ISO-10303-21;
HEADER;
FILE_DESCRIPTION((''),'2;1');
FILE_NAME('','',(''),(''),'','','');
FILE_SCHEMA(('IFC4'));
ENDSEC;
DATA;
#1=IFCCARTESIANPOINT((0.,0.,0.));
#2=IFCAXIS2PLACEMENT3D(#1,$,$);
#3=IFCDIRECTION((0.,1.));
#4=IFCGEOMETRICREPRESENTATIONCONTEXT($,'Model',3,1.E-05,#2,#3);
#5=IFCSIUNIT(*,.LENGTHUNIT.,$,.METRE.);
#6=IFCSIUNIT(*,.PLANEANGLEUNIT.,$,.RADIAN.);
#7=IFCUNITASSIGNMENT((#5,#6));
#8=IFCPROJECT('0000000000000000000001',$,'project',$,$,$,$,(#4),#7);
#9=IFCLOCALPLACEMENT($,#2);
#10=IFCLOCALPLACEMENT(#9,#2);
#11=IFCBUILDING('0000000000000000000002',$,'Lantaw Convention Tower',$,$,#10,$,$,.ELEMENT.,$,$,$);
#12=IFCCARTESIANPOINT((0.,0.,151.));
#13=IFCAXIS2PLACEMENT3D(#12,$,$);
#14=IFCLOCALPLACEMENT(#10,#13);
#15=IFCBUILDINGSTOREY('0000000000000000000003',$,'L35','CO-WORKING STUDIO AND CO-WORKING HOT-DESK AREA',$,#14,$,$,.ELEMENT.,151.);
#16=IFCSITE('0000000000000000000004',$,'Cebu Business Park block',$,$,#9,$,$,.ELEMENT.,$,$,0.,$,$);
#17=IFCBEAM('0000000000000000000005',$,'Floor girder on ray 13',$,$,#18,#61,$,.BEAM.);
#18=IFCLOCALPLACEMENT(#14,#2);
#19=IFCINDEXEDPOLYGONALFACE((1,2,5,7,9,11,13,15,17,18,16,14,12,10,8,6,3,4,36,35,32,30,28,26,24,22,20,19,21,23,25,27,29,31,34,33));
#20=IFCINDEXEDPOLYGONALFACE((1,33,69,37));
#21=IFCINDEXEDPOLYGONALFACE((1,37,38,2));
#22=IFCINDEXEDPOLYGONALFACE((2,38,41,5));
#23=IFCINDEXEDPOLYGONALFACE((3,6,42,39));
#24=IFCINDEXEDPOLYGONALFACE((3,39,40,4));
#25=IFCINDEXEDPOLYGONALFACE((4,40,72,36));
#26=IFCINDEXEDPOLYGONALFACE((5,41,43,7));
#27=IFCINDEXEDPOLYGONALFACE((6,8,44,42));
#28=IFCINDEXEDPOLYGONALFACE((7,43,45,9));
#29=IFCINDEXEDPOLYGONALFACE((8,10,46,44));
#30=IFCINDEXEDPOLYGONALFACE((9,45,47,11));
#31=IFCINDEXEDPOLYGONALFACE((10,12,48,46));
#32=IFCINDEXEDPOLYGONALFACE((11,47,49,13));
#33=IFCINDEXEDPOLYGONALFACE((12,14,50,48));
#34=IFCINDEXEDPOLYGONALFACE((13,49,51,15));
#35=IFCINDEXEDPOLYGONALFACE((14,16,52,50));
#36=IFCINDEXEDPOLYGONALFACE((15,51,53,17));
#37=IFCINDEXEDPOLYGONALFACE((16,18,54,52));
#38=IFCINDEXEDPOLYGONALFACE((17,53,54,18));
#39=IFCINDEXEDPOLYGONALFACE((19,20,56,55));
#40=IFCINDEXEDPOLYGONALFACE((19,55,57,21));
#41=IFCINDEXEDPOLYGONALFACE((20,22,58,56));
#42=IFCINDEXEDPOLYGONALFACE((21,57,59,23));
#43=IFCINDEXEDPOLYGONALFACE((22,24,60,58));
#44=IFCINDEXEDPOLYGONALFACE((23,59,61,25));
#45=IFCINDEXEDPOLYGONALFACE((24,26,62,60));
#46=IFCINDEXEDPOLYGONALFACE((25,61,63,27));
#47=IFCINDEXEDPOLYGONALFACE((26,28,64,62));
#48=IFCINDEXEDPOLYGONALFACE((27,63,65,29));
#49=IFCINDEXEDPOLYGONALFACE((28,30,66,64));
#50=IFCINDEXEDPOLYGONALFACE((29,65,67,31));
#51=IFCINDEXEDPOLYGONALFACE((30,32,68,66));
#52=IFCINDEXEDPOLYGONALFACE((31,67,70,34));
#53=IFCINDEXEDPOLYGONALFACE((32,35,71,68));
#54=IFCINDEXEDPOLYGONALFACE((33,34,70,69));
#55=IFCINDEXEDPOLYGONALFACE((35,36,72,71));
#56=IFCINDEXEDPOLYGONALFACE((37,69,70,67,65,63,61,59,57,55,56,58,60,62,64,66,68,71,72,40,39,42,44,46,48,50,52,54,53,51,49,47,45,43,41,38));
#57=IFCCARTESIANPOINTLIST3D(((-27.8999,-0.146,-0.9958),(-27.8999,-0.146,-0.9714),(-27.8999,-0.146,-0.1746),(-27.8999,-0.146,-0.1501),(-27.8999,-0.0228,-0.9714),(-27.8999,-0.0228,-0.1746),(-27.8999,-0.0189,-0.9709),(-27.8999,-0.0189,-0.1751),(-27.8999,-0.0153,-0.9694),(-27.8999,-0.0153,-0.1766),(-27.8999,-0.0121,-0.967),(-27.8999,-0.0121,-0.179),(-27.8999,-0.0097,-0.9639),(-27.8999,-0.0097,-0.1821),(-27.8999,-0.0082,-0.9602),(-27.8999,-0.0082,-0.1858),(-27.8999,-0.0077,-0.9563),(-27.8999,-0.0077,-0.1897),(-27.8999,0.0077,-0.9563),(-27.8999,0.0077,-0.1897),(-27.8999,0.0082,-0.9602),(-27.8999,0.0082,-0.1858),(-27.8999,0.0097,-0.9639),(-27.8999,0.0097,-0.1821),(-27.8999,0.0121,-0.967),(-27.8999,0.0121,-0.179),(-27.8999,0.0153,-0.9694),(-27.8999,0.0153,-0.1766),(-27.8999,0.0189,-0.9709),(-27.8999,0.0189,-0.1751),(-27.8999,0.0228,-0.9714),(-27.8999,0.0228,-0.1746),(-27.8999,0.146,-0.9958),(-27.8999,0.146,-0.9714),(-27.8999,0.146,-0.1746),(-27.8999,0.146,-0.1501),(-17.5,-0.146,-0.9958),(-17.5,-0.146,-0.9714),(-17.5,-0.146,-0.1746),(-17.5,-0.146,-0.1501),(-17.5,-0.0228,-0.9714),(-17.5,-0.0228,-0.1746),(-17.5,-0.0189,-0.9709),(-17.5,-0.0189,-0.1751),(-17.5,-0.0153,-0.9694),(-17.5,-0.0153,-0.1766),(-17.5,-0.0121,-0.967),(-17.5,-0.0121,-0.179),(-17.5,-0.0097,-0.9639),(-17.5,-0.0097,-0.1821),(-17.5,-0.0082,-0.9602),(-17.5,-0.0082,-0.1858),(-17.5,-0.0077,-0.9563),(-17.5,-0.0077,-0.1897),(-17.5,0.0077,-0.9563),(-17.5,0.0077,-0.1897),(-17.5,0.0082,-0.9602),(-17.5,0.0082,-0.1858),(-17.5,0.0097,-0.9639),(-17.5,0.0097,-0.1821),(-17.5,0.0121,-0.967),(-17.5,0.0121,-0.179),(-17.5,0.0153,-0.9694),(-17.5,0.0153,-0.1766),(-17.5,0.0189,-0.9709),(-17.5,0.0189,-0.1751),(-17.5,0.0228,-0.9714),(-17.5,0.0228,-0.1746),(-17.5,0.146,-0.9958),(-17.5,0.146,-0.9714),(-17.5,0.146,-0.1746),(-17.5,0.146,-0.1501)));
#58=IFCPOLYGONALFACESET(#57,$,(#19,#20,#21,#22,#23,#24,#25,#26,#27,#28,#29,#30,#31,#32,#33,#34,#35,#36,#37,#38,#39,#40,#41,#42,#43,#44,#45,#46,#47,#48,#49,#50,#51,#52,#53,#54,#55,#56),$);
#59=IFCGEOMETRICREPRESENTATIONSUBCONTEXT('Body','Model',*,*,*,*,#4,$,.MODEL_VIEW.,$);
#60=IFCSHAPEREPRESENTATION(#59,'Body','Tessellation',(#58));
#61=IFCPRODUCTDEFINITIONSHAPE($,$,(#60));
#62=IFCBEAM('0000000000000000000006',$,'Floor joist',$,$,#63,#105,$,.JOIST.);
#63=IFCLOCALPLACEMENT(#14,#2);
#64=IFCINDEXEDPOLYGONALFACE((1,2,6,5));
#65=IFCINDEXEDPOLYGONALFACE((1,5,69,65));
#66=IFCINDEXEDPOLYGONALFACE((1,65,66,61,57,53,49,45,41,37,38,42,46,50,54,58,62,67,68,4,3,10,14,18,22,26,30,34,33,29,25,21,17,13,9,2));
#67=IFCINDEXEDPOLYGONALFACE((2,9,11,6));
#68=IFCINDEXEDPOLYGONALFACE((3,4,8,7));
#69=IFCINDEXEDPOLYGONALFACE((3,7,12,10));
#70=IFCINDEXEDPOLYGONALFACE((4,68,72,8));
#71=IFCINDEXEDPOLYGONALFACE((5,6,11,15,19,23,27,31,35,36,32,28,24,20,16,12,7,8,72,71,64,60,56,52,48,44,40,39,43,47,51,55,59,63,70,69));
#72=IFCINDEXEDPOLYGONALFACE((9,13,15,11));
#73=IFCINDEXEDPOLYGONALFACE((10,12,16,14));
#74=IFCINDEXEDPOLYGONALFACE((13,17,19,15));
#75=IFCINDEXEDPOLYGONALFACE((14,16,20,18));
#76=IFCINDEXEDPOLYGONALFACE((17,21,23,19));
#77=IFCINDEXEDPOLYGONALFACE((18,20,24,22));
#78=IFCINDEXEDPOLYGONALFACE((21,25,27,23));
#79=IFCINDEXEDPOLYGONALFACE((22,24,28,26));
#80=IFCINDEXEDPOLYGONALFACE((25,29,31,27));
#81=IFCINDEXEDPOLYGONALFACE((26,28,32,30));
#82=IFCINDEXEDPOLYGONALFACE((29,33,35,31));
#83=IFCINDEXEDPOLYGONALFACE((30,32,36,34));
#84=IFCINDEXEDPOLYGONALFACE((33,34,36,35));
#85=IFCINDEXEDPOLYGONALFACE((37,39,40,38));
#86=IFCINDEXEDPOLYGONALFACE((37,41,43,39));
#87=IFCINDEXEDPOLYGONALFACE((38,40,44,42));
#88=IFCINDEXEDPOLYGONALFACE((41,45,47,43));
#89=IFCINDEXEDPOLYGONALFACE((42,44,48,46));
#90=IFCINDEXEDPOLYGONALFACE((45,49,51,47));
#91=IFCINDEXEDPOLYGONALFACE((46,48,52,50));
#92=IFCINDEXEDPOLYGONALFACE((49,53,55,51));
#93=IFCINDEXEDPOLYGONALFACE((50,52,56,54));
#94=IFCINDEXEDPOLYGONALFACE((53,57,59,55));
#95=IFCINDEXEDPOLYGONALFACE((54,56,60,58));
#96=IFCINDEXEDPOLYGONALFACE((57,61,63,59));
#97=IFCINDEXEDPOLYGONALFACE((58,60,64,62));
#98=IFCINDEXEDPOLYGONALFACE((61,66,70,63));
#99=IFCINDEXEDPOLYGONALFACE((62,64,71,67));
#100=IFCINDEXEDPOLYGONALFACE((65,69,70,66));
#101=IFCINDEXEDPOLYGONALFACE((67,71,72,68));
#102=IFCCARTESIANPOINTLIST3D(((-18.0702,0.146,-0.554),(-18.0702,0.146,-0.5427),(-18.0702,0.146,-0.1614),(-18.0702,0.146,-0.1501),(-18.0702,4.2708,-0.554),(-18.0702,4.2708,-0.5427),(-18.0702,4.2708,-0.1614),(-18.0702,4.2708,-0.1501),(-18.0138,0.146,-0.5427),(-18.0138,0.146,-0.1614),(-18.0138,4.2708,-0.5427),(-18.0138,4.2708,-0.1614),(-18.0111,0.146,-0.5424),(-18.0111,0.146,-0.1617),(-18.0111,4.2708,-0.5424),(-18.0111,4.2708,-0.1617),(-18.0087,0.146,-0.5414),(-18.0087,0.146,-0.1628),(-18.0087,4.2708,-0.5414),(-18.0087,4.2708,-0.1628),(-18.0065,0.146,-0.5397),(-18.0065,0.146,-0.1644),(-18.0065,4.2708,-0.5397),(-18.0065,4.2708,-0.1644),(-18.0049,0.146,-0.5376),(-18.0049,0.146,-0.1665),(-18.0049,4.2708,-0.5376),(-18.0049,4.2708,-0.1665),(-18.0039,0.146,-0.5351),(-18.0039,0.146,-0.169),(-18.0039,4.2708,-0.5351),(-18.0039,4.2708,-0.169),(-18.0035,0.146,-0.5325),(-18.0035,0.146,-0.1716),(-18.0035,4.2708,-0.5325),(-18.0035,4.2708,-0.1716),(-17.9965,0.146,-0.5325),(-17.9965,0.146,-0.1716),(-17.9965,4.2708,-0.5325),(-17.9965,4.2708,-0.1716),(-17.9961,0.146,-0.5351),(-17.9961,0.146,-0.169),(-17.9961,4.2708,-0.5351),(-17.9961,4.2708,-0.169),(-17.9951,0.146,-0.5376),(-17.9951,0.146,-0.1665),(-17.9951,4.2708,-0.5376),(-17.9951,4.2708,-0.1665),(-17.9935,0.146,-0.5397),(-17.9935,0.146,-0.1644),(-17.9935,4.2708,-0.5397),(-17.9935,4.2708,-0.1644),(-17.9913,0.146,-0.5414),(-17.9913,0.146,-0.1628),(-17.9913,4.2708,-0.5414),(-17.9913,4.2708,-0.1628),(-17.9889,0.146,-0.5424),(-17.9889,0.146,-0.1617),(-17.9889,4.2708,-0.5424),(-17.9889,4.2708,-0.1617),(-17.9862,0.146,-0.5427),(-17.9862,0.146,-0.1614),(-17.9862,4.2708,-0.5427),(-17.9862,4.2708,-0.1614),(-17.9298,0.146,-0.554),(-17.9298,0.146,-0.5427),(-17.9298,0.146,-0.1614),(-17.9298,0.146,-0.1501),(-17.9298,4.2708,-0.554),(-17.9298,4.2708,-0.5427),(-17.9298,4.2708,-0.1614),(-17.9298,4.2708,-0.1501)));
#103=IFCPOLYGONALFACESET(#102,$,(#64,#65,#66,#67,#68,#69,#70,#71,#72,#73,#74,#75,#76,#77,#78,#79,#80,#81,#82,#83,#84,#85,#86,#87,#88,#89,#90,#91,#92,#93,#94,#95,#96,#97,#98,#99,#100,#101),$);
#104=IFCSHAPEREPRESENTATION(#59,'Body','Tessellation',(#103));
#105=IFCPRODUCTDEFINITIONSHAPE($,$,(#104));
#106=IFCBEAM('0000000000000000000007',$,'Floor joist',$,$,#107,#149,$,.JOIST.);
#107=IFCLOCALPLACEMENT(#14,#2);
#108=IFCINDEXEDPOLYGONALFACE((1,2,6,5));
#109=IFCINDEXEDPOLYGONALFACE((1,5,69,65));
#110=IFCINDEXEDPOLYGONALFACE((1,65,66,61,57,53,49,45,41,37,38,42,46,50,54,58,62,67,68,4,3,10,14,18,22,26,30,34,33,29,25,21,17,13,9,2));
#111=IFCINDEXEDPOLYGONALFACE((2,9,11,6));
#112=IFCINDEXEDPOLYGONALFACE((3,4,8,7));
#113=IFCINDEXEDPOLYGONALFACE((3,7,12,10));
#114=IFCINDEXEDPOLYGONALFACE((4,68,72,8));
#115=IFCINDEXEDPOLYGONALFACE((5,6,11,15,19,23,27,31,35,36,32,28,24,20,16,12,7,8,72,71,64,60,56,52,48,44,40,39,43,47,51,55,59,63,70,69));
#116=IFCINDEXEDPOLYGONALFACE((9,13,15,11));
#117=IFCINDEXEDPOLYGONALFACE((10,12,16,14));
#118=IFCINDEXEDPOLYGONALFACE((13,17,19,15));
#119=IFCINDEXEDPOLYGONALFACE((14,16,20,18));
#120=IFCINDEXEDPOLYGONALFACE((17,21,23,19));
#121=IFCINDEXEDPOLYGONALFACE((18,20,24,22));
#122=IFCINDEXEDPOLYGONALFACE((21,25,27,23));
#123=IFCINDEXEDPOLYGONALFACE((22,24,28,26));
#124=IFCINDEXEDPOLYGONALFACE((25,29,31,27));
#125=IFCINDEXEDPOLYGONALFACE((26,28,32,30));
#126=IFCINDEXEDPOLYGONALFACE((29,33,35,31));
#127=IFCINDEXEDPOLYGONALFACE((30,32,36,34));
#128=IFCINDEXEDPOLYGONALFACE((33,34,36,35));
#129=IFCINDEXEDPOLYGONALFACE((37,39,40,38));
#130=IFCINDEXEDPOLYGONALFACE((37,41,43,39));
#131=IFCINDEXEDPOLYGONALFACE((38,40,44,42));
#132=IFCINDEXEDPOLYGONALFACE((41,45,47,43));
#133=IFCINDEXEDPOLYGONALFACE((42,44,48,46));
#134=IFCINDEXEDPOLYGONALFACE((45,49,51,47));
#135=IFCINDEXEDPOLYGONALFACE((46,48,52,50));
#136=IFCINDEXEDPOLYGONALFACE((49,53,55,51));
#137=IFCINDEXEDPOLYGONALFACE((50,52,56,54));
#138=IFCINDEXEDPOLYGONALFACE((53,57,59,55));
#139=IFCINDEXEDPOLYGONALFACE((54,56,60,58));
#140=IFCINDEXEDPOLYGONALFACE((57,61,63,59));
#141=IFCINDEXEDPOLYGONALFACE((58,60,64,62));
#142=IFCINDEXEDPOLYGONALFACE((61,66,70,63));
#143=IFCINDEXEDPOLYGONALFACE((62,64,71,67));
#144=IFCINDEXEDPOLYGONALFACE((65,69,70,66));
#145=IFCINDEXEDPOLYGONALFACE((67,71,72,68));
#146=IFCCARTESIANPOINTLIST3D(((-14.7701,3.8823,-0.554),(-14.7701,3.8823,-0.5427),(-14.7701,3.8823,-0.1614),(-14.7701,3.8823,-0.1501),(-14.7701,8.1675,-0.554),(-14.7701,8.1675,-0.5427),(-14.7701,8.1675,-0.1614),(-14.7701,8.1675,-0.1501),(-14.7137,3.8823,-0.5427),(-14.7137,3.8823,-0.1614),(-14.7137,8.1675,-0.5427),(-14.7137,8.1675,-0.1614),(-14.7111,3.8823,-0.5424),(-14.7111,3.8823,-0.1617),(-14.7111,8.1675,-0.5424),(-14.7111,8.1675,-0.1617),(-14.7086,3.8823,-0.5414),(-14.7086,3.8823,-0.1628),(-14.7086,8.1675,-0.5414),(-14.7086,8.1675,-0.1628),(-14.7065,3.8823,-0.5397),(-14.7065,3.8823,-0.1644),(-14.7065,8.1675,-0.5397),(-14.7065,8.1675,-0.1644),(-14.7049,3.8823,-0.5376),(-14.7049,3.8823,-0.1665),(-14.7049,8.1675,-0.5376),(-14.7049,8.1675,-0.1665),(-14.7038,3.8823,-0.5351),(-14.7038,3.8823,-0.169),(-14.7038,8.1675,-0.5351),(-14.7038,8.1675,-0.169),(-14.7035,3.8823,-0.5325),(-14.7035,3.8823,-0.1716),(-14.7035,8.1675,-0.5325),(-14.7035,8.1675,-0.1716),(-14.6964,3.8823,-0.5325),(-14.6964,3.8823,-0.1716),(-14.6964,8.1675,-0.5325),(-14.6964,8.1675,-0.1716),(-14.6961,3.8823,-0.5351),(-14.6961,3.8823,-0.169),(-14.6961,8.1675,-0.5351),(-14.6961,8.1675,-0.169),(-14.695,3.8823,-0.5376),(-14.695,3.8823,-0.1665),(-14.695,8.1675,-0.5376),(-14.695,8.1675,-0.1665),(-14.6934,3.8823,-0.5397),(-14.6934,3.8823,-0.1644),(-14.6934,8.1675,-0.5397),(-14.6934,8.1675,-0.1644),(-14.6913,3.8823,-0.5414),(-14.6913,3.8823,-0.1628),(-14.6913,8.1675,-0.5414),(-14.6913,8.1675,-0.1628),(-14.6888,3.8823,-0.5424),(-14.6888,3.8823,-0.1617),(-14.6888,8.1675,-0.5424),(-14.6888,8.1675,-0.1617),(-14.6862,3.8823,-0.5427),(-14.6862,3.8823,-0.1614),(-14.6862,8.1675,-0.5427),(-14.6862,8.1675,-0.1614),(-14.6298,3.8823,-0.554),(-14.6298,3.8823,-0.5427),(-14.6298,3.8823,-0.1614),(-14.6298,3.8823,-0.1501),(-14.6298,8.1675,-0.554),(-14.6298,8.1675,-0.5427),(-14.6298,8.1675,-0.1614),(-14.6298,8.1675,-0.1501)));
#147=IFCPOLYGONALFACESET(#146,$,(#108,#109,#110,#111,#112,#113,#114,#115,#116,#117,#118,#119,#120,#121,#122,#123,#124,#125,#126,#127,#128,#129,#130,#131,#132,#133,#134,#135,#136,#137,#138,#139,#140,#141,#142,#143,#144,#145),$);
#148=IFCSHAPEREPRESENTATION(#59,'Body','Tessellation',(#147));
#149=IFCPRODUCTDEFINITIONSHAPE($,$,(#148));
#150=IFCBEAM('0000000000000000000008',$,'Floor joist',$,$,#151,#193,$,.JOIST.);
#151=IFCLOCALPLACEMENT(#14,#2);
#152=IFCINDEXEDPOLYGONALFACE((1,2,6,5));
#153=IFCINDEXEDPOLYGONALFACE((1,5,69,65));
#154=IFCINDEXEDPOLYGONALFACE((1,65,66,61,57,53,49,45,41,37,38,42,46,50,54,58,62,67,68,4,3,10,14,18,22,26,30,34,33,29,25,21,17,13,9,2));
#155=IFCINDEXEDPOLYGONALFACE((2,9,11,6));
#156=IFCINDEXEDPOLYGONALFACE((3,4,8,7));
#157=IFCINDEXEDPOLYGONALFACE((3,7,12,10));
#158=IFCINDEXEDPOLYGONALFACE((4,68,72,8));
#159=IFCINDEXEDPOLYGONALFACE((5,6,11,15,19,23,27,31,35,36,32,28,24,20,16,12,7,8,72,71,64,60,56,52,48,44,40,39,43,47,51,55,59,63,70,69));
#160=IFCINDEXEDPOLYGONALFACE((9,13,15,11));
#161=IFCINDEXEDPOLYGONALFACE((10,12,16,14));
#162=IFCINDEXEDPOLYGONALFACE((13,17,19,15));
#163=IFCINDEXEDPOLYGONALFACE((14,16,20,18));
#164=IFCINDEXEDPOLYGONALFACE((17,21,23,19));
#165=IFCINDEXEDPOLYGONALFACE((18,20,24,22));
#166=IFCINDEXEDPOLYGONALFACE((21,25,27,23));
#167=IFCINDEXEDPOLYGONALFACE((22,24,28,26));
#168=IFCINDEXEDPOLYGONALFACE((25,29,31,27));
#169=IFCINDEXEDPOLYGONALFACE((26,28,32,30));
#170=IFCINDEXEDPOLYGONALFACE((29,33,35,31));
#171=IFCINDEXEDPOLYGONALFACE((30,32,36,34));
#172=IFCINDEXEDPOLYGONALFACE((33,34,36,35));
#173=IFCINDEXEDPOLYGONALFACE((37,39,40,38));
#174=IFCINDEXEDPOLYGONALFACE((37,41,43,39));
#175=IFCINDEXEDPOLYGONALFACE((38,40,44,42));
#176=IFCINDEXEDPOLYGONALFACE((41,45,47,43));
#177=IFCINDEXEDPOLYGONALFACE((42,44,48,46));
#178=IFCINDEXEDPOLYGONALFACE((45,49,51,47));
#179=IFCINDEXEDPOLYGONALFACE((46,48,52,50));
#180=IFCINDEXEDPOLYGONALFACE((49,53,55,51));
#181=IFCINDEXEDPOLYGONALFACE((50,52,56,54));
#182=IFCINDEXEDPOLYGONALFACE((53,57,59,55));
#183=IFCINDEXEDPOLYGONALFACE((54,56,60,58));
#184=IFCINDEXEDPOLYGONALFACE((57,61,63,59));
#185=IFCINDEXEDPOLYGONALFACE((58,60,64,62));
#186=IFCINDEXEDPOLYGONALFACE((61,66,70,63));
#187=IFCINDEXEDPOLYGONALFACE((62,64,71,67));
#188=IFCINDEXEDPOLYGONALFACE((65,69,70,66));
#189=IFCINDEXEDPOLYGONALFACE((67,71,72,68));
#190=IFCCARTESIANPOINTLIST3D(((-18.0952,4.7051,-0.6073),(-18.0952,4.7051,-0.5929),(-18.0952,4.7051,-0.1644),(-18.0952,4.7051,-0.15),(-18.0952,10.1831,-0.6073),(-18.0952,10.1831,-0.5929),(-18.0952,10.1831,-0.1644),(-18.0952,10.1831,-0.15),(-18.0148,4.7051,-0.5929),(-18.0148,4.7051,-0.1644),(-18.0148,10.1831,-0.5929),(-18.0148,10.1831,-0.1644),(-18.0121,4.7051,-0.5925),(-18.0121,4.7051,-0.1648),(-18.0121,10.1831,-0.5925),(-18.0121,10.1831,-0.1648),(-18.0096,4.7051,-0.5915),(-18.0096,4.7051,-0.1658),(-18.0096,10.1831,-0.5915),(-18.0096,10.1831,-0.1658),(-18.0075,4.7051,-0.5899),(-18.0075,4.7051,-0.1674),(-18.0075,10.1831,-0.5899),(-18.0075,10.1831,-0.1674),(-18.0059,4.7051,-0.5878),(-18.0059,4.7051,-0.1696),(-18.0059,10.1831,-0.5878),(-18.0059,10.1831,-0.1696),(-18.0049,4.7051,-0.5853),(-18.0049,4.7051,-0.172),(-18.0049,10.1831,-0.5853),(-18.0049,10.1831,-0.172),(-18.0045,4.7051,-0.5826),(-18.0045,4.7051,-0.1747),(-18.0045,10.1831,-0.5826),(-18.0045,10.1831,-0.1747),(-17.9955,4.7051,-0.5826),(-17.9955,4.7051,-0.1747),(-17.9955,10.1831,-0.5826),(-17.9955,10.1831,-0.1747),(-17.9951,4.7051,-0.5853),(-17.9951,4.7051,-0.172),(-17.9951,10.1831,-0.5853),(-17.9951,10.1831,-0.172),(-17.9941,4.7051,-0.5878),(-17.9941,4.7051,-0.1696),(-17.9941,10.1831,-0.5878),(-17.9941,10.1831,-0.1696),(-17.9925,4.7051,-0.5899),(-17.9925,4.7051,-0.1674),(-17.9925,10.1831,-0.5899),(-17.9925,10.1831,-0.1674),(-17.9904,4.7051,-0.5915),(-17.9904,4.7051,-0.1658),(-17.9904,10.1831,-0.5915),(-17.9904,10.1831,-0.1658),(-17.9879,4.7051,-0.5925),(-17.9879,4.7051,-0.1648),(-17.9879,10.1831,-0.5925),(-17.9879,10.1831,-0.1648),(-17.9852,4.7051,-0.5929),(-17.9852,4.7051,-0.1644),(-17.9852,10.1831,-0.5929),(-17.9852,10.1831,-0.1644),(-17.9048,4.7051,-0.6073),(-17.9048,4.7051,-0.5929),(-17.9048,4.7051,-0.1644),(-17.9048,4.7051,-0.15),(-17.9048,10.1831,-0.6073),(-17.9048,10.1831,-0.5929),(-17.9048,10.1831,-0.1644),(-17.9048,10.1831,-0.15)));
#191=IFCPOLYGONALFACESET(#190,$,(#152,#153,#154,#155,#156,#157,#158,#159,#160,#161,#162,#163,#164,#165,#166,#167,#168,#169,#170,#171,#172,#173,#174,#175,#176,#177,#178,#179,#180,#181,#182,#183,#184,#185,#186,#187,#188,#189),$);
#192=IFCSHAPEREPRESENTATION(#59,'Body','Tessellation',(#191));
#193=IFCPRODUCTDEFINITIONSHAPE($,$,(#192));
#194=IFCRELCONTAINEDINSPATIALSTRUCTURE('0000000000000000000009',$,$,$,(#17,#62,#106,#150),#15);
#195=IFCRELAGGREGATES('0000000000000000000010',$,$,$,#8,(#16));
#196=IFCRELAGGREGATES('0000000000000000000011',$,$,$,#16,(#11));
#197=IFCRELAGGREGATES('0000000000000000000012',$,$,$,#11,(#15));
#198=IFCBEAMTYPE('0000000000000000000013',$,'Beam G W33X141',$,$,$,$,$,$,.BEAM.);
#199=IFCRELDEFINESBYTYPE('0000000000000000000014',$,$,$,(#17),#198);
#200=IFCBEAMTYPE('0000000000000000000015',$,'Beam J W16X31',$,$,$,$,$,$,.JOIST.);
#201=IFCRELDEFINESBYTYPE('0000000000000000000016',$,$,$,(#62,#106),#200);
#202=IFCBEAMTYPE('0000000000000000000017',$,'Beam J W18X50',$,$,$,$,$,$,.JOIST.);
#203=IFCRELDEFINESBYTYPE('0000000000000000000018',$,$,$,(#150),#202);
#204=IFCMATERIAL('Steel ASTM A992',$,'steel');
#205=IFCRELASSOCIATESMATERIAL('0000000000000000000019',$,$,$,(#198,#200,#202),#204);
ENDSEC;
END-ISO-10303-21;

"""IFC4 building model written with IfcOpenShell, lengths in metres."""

from ifc_helpers import new_model, si_unit, direction, frame, origin, origin_2d, place, context, subcontext, project, spatial, i_section, extrude, material, material_profile, profile_set, type_object, element, save


model = new_model("IFC4")

# Units and contexts
model_context = context("Model", 3, precision=1e-05, world=origin(), true_north=direction((0.0, 1.0)))
body_context = subcontext(model_context, "Body", "Model", "MODEL_VIEW")
ifc_project = project(units=[si_unit("LENGTHUNIT", "METRE"), si_unit("PLANEANGLEUNIT", "RADIAN")], contexts=[model_context])

# Site, building, storey
site_placement = place(None, origin())
site = spatial("IfcSite", under=ifc_project, at=site_placement, Name="Cebu Business Park block", CompositionType="ELEMENT", RefElevation=0.0)
building_placement = place(site_placement, origin())
building = spatial("IfcBuilding", under=site, at=building_placement, Name="Lantaw Convention Tower", CompositionType="ELEMENT")
storey_placement = place(building_placement, frame((0.0, 0.0, 151.0)))
storey = spatial("IfcBuildingStorey", under=building, at=storey_placement, Name="L35", Description="CO-WORKING STUDIO AND CO-WORKING HOT-DESK AREA", CompositionType="ELEMENT", Elevation=151.0)

# Beams
ifc_material_1 = material(Name="Steel ASTM A992", Category="steel")
ifc_material_profile_1 = material_profile(ifc_material_1, i_section(OverallWidth=0.292, OverallDepth=0.8457, WebThickness=0.0154, FlangeThickness=0.0244, FilletRadius=0.0151, at=origin_2d()), Name="W33X141")
ifc_profile_set_1 = profile_set([ifc_material_profile_1], Name="Steel ASTM A992")
beam_type_1 = type_object("IfcBeamType", Name="Beam G W33X141", PredefinedType="BEAM", material=ifc_profile_set_1)
beam_1_placement = place(storey_placement, frame((-17.5, 0.0, -0.573), z_axis=(-1.0, 0.0, 0.0), x_axis=(0.0, -1.0, 0.0)))
element("IfcBeam", 1, at=beam_1_placement, inside=storey, type_object=beam_type_1, Name="Floor girder on ray 13", PredefinedType="BEAM", context=body_context, shape_type="SweptSolid", body=[
    extrude(i_section(OverallWidth=0.292, OverallDepth=0.8457, WebThickness=0.0154, FlangeThickness=0.0244, FilletRadius=0.0151, at=origin_2d()), origin(), (0.0, 0.0, 1.0), 10.3999),
])
ifc_material_profile_2 = material_profile(ifc_material_1, i_section(OverallWidth=0.1404, OverallDepth=0.4038, WebThickness=0.0071, FlangeThickness=0.0112, FilletRadius=0.0103, at=origin_2d()), Name="W16X31")
ifc_profile_set_2 = profile_set([ifc_material_profile_2], Name="Steel ASTM A992")
beam_type_2 = type_object("IfcBeamType", Name="Beam J W16X31", PredefinedType="JOIST", material=ifc_profile_set_2)
beam_2_placement = place(storey_placement, frame((-18.0, 0.146, -0.3521), z_axis=(0.0, 1.0, 0.0), x_axis=(-1.0, 0.0, 0.0)))
element("IfcBeam", 2, at=beam_2_placement, inside=storey, type_object=beam_type_2, Name="Floor joist", PredefinedType="JOIST", context=body_context, shape_type="SweptSolid", body=[
    extrude(i_section(OverallWidth=0.1404, OverallDepth=0.4038, WebThickness=0.0071, FlangeThickness=0.0112, FilletRadius=0.0103, at=origin_2d()), origin(), (0.0, 0.0, 1.0), 4.1248),
])
beam_3_placement = place(storey_placement, frame((-14.7, 3.8823, -0.3521), z_axis=(0.0, 1.0, 0.0), x_axis=(-1.0, 0.0, 0.0)))
element("IfcBeam", 3, at=beam_3_placement, inside=storey, type_object=beam_type_2, Name="Floor joist", PredefinedType="JOIST", context=body_context, shape_type="SweptSolid", body=[
    extrude(i_section(OverallWidth=0.1404, OverallDepth=0.4038, WebThickness=0.0071, FlangeThickness=0.0112, FilletRadius=0.0103, at=origin_2d()), origin(), (0.0, 0.0, 1.0), 4.2852),
])
ifc_material_profile_3 = material_profile(ifc_material_1, i_section(OverallWidth=0.1904, OverallDepth=0.4573, WebThickness=0.009, FlangeThickness=0.0144, FilletRadius=0.0103, at=origin_2d()), Name="W18X50")
ifc_profile_set_3 = profile_set([ifc_material_profile_3], Name="Steel ASTM A992")
beam_type_3 = type_object("IfcBeamType", Name="Beam J W18X50", PredefinedType="JOIST", material=ifc_profile_set_3)
beam_4_placement = place(storey_placement, frame((-18.0, 4.7051, -0.3787), z_axis=(0.0, 1.0, 0.0), x_axis=(-1.0, 0.0, 0.0)))
element("IfcBeam", 4, at=beam_4_placement, inside=storey, type_object=beam_type_3, Name="Floor joist", PredefinedType="JOIST", context=body_context, shape_type="SweptSolid", body=[
    extrude(i_section(OverallWidth=0.1904, OverallDepth=0.4573, WebThickness=0.009, FlangeThickness=0.0144, FilletRadius=0.0103, at=origin_2d()), origin(), (0.0, 0.0, 1.0), 5.478),
])

save(model, "model.ifc")
